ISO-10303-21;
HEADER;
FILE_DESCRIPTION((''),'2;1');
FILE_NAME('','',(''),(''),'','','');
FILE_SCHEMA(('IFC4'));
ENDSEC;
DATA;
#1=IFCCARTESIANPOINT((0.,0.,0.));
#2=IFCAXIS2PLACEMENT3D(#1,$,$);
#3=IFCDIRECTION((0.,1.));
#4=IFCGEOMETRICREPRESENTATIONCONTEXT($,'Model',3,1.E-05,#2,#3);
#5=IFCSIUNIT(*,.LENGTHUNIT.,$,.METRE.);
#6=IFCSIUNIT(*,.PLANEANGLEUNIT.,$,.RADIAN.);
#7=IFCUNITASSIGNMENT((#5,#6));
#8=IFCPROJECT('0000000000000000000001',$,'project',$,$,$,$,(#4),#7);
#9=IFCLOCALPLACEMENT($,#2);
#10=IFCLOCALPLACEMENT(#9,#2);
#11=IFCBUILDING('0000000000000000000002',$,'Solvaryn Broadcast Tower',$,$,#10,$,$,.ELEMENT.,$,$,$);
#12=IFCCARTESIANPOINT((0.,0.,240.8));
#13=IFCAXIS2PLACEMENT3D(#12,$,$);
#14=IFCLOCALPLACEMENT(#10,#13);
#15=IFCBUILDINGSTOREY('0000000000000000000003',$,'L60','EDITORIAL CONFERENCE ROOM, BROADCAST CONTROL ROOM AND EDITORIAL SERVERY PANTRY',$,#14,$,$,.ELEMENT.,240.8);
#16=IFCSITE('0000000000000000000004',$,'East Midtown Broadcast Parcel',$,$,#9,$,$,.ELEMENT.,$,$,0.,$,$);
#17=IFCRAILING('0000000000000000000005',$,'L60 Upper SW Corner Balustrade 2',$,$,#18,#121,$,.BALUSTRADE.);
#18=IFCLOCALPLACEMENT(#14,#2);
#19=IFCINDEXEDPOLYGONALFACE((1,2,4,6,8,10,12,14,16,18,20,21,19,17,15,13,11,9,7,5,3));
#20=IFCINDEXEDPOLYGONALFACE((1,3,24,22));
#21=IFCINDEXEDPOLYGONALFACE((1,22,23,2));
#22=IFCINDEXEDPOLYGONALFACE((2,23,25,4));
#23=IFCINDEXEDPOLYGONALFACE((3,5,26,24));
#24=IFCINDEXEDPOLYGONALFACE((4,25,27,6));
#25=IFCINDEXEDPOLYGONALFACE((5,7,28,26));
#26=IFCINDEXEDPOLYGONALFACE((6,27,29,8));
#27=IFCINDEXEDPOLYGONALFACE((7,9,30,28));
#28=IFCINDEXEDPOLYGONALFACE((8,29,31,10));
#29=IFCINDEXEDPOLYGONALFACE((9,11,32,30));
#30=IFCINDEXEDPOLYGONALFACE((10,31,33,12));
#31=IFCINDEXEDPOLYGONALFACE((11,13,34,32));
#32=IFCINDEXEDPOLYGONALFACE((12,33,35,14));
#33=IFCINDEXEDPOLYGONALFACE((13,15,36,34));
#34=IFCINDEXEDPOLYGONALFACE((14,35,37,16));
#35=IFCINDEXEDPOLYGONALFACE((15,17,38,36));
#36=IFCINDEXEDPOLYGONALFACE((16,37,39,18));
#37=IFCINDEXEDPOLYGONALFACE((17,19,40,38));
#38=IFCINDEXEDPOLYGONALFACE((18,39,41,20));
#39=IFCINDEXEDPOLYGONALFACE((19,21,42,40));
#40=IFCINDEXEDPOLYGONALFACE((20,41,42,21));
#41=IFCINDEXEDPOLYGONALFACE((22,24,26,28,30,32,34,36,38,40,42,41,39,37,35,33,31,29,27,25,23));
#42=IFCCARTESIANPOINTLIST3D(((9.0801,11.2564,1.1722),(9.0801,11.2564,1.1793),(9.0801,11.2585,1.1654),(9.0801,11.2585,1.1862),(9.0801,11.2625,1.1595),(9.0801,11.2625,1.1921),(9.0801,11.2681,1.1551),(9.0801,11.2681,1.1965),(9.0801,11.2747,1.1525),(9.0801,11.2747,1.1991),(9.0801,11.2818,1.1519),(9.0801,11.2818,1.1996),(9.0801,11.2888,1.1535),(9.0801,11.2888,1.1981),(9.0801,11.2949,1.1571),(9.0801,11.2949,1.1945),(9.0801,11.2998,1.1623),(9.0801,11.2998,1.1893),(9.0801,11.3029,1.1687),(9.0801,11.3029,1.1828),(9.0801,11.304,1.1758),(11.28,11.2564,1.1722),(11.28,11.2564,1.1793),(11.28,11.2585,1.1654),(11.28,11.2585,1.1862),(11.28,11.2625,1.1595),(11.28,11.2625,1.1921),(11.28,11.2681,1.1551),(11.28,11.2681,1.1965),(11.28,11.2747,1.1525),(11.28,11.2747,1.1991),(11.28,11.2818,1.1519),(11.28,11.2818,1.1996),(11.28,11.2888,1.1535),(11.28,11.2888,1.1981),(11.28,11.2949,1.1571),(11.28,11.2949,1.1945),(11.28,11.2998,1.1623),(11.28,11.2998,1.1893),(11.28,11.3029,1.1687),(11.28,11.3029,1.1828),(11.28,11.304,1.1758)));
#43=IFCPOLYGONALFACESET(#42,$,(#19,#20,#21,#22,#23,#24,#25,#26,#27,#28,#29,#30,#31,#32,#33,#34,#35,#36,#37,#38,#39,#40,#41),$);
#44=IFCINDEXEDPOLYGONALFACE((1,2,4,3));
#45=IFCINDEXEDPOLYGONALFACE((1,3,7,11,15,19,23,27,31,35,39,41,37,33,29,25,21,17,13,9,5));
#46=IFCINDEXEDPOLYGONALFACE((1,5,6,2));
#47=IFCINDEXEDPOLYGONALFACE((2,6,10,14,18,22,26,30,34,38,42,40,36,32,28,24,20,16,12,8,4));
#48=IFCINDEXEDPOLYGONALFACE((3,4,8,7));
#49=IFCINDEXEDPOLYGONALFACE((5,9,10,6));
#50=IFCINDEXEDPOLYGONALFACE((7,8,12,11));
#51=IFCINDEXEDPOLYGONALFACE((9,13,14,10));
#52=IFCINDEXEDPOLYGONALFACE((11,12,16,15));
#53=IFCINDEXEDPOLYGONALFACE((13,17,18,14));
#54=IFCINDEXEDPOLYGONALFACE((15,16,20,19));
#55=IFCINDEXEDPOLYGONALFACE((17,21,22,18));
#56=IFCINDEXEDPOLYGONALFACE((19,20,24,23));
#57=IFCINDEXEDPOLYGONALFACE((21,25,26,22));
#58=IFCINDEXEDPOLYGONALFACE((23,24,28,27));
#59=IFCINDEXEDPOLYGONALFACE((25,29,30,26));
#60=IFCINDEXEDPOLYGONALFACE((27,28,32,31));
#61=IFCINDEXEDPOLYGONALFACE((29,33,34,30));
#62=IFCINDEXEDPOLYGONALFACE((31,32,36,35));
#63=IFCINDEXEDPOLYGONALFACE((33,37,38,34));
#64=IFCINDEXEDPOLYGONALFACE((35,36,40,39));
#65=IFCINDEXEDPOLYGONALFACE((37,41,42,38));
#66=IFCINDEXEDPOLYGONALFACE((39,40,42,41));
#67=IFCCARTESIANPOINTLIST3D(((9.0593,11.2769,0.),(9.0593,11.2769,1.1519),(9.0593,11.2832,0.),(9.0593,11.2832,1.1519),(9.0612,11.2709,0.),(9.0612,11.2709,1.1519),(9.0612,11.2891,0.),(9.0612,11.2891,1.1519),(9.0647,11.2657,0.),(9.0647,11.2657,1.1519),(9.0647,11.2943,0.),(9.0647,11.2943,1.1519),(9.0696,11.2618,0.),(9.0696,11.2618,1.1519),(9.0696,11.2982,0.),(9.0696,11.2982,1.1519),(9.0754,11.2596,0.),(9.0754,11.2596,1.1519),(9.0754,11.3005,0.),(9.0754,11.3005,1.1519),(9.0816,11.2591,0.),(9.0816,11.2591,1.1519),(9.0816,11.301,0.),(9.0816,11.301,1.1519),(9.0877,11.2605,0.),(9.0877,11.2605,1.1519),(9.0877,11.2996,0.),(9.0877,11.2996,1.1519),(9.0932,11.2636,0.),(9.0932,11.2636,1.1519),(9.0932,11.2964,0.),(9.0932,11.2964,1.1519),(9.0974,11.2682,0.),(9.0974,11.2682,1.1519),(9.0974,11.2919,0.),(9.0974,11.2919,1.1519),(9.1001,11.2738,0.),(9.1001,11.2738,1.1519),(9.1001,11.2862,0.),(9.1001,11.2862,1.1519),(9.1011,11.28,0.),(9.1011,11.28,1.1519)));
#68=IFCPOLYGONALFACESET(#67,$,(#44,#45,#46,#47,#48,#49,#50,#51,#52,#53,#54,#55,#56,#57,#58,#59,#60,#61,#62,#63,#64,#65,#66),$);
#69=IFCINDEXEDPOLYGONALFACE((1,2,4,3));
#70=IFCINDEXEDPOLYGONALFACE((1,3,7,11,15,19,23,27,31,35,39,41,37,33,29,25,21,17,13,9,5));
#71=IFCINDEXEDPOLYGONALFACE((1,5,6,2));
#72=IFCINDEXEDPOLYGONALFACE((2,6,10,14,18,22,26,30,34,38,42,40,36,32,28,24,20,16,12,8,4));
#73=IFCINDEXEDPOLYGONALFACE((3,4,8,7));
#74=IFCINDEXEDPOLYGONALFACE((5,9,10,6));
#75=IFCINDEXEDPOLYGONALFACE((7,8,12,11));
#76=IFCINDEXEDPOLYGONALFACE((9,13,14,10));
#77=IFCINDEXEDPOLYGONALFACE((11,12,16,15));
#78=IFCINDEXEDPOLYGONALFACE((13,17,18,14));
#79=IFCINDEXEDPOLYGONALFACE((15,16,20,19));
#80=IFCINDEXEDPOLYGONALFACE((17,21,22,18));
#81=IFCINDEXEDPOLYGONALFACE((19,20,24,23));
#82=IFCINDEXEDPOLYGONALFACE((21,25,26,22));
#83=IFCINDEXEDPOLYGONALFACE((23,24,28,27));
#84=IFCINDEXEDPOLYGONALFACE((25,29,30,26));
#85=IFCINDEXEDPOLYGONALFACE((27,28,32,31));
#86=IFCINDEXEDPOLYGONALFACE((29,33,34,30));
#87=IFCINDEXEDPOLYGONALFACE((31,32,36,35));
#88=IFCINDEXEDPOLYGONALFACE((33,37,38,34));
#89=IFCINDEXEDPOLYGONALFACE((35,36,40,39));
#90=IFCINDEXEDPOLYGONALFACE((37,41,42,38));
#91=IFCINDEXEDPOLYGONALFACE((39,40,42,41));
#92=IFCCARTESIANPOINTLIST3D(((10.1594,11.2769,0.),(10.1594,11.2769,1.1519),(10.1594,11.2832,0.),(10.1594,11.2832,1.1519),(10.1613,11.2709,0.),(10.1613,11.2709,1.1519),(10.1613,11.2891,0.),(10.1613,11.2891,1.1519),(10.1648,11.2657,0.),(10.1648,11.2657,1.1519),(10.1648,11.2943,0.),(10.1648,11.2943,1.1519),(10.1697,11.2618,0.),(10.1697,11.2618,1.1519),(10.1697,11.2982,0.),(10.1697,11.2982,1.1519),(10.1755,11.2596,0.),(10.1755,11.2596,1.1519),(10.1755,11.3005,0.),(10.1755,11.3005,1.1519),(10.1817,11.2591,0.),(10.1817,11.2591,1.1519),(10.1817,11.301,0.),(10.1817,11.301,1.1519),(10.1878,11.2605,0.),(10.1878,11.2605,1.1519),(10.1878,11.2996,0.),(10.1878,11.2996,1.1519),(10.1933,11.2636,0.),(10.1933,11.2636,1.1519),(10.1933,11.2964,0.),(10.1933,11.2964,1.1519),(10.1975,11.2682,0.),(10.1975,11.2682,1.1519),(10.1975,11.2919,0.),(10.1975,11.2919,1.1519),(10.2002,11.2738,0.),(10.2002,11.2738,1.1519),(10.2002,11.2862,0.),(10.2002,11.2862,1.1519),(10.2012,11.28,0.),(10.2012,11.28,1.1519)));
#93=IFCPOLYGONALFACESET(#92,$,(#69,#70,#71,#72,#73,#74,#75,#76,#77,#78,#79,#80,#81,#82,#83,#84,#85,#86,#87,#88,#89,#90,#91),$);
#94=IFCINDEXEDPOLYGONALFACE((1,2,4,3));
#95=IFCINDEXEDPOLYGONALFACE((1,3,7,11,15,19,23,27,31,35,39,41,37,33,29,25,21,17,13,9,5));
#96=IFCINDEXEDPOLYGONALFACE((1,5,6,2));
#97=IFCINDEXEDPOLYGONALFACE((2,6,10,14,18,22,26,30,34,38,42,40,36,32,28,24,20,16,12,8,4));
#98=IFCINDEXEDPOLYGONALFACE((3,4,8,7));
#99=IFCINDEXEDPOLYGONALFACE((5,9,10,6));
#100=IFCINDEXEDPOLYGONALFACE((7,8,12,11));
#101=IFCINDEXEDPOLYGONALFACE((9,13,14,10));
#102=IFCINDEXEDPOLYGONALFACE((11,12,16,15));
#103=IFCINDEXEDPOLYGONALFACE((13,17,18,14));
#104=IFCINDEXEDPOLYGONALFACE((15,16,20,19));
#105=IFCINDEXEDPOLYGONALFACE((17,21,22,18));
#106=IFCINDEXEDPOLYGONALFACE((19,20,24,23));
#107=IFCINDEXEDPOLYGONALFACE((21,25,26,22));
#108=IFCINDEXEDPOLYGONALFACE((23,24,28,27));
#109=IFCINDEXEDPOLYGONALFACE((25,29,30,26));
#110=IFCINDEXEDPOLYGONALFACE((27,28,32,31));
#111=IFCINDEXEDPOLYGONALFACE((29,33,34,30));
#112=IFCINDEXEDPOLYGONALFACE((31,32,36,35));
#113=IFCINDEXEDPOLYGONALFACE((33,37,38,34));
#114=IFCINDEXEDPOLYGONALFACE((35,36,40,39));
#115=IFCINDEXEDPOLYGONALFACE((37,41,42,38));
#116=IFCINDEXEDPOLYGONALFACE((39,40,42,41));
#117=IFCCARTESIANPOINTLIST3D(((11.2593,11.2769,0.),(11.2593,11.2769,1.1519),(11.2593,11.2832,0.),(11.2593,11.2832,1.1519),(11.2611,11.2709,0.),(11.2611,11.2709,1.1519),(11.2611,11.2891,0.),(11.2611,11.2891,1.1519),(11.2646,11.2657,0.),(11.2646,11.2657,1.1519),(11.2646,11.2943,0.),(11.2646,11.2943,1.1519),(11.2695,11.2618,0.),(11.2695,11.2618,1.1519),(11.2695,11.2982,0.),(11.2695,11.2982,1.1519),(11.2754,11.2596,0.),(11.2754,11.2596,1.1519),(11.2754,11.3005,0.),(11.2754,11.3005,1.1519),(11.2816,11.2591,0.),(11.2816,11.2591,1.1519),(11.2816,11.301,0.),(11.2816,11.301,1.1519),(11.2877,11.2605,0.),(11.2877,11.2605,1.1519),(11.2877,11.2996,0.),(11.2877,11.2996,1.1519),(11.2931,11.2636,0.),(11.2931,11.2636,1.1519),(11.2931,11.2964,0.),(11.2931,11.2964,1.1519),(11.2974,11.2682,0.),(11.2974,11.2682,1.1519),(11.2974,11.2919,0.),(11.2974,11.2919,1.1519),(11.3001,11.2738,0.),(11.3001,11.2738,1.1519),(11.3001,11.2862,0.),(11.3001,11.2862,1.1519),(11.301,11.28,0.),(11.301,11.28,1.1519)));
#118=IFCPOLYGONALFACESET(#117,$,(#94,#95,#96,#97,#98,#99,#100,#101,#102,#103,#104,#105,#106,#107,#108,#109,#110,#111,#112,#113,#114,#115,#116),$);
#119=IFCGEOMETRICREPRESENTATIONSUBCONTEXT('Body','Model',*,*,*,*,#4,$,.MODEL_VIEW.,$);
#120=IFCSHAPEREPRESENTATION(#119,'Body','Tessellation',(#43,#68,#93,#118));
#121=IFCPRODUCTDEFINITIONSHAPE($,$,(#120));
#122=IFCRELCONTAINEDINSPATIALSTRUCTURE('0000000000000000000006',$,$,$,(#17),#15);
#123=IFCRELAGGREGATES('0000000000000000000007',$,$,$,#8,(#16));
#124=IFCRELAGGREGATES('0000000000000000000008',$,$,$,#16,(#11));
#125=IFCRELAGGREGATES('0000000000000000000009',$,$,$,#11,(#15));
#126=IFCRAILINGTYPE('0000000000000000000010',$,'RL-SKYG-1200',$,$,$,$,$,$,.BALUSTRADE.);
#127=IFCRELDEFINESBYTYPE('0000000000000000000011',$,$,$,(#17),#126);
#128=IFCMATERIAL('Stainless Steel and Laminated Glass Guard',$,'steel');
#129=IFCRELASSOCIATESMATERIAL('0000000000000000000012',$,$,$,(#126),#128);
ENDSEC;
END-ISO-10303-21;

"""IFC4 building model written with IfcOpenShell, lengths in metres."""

from ifc_helpers import new_model, si_unit, direction, frame, origin, origin_2d, place, context, subcontext, project, spatial, circle, extrude, material, type_object, element, save


model = new_model("IFC4")

# Units and contexts
model_context = context("Model", 3, precision=1e-05, world=origin(), true_north=direction((0.0, 1.0)))
body_context = subcontext(model_context, "Body", "Model", "MODEL_VIEW")
ifc_project = project(units=[si_unit("LENGTHUNIT", "METRE"), si_unit("PLANEANGLEUNIT", "RADIAN")], contexts=[model_context])

# Site, building, storey
site_placement = place(None, origin())
site = spatial("IfcSite", under=ifc_project, at=site_placement, Name="East Midtown Broadcast Parcel", CompositionType="ELEMENT", RefElevation=0.0)
building_placement = place(site_placement, origin())
building = spatial("IfcBuilding", under=site, at=building_placement, Name="Solvaryn Broadcast Tower", CompositionType="ELEMENT")
storey_placement = place(building_placement, frame((0.0, 0.0, 240.8)))
storey = spatial("IfcBuildingStorey", under=building, at=storey_placement, Name="L60", Description="EDITORIAL CONFERENCE ROOM, BROADCAST CONTROL ROOM AND EDITORIAL SERVERY PANTRY", CompositionType="ELEMENT", Elevation=240.8)

# Railing
ifc_material_1 = material(Name="Stainless Steel and Laminated Glass Guard", Category="steel")
railing_type = type_object("IfcRailingType", Name="RL-SKYG-1200", PredefinedType="BALUSTRADE", material=ifc_material_1)
railing_1_placement = place(storey_placement, frame((9.0801, 11.28, 0.0)))
element("IfcRailing", 1, at=railing_1_placement, inside=storey, type_object=railing_type, Name="L60 Upper SW Corner Balustrade 2", PredefinedType="BALUSTRADE", context=body_context, shape_type="SweptSolid", body=[
    extrude(circle(Radius=0.0239, at=origin_2d()), frame((0.0, 0.0, 1.1758), z_axis=(1.0, 0.0, 0.0), x_axis=(0.0, 1.0, 0.0)), (0.0, 0.0, 1.0), 2.2),
    extrude(circle(Radius=0.021, at=origin_2d()), origin(), (0.0, 0.0, 1.0), 1.1519),
    extrude(circle(Radius=0.021, at=origin_2d()), frame((1.1001, 0.0, 0.0)), (0.0, 0.0, 1.0), 1.1519),
    extrude(circle(Radius=0.021, at=origin_2d()), frame((2.2, 0.0, 0.0)), (0.0, 0.0, 1.0), 1.1519),
])

save(model, "model.ifc")
